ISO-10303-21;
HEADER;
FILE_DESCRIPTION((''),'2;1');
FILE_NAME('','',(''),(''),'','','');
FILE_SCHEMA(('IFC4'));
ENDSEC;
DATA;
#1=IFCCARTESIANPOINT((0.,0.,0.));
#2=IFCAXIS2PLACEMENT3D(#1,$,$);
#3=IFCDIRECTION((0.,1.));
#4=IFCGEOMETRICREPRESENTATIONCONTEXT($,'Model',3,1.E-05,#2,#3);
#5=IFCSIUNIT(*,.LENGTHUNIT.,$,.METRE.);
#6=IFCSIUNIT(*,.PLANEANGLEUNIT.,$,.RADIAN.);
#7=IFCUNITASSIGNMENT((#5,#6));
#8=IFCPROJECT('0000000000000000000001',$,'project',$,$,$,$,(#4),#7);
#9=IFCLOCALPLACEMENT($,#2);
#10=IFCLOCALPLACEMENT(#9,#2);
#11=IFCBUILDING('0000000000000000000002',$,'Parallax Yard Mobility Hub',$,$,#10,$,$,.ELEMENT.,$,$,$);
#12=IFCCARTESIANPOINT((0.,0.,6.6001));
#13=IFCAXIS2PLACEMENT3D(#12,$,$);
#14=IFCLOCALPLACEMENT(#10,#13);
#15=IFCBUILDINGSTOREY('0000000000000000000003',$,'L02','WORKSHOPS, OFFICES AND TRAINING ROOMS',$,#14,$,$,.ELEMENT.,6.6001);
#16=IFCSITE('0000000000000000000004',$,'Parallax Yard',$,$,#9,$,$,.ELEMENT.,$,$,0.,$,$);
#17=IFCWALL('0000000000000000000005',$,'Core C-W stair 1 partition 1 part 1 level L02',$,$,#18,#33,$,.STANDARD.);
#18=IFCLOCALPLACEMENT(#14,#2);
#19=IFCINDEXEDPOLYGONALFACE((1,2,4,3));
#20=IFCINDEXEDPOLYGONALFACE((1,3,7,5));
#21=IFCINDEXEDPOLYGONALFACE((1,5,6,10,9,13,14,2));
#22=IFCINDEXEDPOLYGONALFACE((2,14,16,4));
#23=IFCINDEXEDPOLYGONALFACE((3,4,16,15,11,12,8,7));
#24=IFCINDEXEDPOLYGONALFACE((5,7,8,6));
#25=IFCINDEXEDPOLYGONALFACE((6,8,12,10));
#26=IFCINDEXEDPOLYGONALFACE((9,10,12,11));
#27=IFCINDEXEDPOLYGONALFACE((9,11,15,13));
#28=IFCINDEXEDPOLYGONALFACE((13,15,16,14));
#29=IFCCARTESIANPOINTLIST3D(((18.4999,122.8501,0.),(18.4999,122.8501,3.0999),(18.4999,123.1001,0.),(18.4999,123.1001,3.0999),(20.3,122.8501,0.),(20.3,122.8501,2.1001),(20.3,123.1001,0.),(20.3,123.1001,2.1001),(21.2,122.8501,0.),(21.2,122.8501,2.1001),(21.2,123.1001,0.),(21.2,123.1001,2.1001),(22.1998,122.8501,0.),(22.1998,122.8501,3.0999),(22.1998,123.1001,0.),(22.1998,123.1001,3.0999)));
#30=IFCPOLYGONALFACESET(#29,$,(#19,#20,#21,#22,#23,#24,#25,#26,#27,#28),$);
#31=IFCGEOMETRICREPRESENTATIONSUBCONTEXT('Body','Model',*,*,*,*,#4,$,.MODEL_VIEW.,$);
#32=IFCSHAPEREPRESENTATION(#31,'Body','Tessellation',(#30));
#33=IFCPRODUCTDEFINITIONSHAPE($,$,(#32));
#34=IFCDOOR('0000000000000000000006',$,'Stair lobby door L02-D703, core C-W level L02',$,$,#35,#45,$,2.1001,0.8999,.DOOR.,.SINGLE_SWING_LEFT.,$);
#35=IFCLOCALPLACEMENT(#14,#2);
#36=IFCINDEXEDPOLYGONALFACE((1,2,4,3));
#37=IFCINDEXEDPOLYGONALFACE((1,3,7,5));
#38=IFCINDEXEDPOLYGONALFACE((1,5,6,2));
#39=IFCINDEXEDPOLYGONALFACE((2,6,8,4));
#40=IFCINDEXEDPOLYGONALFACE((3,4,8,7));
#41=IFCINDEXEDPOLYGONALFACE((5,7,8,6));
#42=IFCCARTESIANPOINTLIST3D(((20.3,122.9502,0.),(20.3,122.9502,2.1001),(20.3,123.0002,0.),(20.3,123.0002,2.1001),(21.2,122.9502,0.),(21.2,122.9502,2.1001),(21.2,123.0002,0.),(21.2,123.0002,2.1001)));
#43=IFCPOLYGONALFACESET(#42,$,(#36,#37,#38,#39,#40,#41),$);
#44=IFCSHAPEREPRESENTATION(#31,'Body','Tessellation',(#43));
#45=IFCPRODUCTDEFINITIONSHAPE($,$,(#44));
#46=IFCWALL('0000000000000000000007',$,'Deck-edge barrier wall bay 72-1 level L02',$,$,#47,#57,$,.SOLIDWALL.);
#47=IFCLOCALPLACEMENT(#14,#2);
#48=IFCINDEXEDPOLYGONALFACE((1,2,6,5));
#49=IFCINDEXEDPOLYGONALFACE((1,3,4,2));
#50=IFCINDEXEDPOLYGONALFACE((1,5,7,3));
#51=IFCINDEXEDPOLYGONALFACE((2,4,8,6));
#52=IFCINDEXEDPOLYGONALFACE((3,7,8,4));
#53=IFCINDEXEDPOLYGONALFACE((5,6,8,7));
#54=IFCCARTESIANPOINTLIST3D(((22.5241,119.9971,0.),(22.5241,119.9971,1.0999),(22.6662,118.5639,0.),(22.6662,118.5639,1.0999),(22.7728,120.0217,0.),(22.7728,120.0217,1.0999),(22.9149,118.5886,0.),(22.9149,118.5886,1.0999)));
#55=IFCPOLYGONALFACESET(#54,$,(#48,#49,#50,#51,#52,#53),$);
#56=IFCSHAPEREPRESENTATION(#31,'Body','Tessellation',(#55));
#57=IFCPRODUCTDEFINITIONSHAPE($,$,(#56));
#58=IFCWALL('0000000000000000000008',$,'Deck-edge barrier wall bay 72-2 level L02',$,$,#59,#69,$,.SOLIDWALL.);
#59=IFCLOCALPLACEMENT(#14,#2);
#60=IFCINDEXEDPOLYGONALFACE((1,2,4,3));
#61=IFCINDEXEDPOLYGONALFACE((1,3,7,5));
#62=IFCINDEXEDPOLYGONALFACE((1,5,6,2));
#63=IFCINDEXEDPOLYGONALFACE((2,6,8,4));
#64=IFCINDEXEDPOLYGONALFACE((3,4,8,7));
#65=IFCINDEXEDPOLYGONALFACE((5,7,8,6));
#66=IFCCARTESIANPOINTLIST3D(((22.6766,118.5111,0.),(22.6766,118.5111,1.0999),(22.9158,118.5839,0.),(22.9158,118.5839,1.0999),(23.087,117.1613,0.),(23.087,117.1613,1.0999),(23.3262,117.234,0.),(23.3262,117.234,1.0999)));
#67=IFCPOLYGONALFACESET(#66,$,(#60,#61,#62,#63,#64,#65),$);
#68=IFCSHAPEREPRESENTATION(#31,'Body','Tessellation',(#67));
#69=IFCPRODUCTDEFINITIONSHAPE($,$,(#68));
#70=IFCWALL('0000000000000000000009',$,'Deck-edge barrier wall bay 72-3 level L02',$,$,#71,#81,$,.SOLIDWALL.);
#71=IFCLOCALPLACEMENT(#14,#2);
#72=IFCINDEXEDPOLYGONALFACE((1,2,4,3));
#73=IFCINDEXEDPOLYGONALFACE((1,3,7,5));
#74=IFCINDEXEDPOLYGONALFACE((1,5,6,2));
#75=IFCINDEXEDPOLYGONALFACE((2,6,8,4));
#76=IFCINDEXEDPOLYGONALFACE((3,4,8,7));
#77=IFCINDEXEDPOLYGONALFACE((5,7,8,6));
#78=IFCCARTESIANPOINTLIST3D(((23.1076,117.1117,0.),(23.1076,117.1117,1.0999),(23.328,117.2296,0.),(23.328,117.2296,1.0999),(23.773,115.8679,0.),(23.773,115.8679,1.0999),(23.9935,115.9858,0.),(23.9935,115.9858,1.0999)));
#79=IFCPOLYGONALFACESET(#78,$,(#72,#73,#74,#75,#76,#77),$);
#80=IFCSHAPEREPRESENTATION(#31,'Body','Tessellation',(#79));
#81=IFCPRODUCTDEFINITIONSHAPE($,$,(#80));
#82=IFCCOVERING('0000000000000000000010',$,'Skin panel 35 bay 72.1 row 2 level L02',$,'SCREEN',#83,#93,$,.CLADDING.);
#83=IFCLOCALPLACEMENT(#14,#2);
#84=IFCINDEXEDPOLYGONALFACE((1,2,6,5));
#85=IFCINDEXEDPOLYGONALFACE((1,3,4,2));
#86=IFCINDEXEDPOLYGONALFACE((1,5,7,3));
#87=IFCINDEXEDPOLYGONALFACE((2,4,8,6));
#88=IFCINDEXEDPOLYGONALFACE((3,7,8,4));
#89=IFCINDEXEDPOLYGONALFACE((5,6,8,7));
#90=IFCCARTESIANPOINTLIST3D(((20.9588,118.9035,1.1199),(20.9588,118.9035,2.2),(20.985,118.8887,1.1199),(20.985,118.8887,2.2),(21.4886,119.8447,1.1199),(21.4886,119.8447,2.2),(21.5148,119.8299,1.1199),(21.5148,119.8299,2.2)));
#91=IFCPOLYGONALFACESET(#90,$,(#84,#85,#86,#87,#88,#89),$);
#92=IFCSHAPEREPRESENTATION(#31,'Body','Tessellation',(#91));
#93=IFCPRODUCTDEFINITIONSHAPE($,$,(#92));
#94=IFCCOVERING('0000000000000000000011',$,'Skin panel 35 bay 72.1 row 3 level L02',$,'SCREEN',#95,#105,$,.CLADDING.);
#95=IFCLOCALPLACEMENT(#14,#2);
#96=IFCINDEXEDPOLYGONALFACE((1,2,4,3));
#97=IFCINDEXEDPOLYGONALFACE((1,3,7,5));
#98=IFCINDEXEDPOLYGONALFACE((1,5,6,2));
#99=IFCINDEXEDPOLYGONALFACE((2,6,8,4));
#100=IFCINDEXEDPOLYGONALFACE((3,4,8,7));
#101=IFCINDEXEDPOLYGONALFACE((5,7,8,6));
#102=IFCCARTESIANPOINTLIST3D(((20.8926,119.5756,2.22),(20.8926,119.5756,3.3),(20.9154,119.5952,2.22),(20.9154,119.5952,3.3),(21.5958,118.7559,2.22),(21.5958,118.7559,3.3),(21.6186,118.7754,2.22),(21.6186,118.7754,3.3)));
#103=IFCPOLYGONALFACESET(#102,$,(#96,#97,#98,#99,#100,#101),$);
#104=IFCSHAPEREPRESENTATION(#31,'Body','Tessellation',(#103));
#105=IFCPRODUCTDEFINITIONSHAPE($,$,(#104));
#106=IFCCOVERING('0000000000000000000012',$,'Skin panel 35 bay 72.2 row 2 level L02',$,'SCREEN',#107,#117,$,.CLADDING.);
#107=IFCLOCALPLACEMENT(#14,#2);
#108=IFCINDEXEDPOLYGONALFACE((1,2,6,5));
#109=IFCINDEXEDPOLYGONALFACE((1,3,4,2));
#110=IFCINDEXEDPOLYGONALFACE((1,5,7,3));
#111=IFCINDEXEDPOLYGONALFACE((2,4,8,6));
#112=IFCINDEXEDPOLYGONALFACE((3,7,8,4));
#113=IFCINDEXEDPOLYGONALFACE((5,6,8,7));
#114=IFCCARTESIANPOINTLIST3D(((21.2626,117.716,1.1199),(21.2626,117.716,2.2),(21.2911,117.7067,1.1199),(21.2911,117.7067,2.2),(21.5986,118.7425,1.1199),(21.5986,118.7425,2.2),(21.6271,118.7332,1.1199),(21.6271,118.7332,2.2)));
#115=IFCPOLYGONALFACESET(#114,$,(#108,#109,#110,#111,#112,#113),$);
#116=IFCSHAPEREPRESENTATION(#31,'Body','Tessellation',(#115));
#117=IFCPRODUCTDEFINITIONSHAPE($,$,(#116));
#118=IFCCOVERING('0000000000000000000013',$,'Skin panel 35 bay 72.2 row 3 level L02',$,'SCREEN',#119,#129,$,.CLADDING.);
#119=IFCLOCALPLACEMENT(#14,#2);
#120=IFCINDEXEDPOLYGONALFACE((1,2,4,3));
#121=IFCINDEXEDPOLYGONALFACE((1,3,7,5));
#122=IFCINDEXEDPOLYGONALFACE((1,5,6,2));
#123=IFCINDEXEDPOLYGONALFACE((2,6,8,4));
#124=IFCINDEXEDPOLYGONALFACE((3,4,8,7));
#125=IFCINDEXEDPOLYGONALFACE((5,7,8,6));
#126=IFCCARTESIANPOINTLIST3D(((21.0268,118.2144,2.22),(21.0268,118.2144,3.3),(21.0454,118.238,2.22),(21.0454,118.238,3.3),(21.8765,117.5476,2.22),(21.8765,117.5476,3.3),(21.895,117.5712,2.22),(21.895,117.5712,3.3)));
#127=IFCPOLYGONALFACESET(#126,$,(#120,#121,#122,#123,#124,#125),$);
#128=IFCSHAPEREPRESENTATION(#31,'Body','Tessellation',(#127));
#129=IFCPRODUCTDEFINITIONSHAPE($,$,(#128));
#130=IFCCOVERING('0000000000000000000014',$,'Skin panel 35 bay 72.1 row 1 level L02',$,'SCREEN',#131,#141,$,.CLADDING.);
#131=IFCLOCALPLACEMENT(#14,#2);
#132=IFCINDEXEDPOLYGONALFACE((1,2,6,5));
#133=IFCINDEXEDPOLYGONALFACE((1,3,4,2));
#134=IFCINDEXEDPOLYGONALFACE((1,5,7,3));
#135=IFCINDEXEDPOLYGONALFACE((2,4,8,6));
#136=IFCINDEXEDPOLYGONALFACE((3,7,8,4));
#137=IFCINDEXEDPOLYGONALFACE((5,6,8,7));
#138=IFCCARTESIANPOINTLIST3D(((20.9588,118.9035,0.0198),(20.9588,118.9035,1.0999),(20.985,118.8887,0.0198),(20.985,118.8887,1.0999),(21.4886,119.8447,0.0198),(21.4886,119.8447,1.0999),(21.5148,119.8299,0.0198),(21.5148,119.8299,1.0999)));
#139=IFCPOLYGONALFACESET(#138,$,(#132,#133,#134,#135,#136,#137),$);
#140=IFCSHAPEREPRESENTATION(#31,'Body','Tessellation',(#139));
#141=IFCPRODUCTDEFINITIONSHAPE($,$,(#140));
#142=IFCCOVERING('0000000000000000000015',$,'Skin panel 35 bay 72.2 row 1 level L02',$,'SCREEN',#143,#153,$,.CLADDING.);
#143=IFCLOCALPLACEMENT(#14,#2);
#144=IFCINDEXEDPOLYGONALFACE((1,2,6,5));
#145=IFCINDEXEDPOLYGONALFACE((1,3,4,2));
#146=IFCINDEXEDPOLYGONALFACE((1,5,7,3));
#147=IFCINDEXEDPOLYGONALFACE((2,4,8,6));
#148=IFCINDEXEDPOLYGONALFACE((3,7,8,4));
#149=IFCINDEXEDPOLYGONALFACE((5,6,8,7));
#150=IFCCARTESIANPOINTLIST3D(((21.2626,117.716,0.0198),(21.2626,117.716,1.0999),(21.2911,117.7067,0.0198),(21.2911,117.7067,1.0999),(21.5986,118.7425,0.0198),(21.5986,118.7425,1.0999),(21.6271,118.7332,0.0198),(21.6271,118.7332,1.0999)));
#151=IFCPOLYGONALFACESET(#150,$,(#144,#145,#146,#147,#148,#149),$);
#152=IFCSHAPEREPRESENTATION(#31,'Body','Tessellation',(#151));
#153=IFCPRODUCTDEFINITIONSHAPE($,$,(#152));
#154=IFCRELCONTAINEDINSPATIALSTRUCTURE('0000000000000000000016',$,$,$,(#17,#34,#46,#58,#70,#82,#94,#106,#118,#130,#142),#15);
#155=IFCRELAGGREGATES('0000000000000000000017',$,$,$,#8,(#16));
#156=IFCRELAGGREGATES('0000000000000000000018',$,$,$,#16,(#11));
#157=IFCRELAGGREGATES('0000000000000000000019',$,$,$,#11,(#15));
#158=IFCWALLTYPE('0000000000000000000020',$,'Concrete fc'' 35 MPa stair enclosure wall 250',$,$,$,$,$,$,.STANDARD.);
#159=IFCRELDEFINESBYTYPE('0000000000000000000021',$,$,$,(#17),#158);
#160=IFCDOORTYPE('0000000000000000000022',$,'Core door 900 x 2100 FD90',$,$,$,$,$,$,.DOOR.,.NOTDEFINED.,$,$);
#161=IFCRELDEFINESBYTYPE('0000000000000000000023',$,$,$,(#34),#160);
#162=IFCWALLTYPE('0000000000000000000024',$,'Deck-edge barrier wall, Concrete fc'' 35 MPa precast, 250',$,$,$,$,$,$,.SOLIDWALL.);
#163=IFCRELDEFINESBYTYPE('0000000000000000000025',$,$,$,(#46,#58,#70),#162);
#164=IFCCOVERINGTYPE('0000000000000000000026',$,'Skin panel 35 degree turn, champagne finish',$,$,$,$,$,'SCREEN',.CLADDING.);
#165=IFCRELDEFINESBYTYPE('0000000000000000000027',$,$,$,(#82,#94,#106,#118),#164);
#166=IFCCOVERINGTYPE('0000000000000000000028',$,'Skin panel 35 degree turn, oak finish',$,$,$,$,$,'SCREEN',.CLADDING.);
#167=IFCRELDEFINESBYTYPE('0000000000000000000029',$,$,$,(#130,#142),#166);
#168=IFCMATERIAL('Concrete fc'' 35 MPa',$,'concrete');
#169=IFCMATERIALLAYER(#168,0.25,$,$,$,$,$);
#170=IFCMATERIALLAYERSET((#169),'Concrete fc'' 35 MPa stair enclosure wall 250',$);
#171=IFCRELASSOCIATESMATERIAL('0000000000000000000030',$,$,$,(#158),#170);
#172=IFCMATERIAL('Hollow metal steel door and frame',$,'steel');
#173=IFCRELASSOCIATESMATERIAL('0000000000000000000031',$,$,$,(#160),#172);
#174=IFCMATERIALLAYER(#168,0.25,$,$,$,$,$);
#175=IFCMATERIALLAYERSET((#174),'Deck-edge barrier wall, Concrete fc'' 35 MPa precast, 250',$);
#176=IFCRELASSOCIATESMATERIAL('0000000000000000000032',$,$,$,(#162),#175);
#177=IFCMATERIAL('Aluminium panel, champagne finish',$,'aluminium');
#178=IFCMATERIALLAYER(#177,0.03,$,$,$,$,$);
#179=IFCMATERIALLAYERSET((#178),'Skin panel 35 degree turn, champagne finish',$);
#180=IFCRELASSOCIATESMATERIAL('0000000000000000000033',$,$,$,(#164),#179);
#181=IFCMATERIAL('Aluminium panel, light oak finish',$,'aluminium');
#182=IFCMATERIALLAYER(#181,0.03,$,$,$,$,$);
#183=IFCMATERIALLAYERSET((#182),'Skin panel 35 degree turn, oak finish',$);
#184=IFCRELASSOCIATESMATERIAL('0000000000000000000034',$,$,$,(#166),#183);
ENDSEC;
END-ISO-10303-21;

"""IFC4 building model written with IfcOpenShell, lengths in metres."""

from ifc_helpers import new_model, si_unit, direction, frame, frame_2d, origin, origin_2d, place, context, subcontext, project, spatial, rectangle, extrude, material, layer, layer_set, type_object, element, fill, save


model = new_model("IFC4")

# Units and contexts
model_context = context("Model", 3, precision=1e-05, world=origin(), true_north=direction((0.0, 1.0)))
body_context = subcontext(model_context, "Body", "Model", "MODEL_VIEW")
ifc_project = project(units=[si_unit("LENGTHUNIT", "METRE"), si_unit("PLANEANGLEUNIT", "RADIAN")], contexts=[model_context])

# Site, building, storey
site_placement = place(None, origin())
site = spatial("IfcSite", under=ifc_project, at=site_placement, Name="Parallax Yard", CompositionType="ELEMENT", RefElevation=0.0)
building_placement = place(site_placement, origin())
building = spatial("IfcBuilding", under=site, at=building_placement, Name="Parallax Yard Mobility Hub", CompositionType="ELEMENT")
storey_placement = place(building_placement, frame((0.0, 0.0, 6.6001)))
storey = spatial("IfcBuildingStorey", under=building, at=storey_placement, Name="L02", Description="WORKSHOPS, OFFICES AND TRAINING ROOMS", CompositionType="ELEMENT", Elevation=6.6001)

# Shared definitions
ifc_material_1 = material(Name="Concrete fc' 35 MPa", Category="concrete")
ifc_material_2 = material(Name="Hollow metal steel door and frame", Category="steel")

# Wall, opening, door
ifc_layer_1 = layer(ifc_material_1, 0.25)
ifc_layer_set_1 = layer_set([ifc_layer_1], Name="Concrete fc' 35 MPa stair enclosure wall 250")
wall_type_1 = type_object("IfcWallType", Name="Concrete fc' 35 MPa stair enclosure wall 250", PredefinedType="STANDARD", material=ifc_layer_set_1)
wall_1_placement = place(storey_placement, frame((22.2, 122.9751, 0.0), z_axis=(0.0, 0.0, 1.0), x_axis=(-1.0, 0.0, 0.0)))
wall_1 = element("IfcWall", 1, at=wall_1_placement, inside=storey, type_object=wall_type_1, Name="Core C-W stair 1 partition 1 part 1 level L02", PredefinedType="STANDARD", context=body_context, shape_type="SweptSolid", body=[
    extrude(rectangle(XDim=3.7, YDim=0.25, at=frame_2d((1.8501, 0.0))), origin(), (0.0, 0.0, 1.0), 3.0999),
])
opening_1_placement = place(wall_1_placement, frame((1.0, 0.0, 0.0)))
opening_1 = element("IfcOpeningElement", 2, at=opening_1_placement, cuts=wall_1, PredefinedType="OPENING", context=body_context, shape_type="SweptSolid", body=[
    extrude(rectangle(XDim=0.8999, YDim=2.1001, at=frame_2d((0.45, 1.05))), frame((0.0, 0.135, 0.0), z_axis=(0.0, -1.0, 0.0), x_axis=(1.0, 0.0, 0.0)), (0.0, 0.0, 1.0), 0.27),
])
door_type_1 = type_object("IfcDoorType", Name="Core door 900 x 2100 FD90", OperationType="NOTDEFINED", PredefinedType="DOOR", material=ifc_material_2)
door_1_placement = place(opening_1_placement, origin())
door_1 = element("IfcDoor", 3, at=door_1_placement, inside=storey, type_object=door_type_1, Name="Stair lobby door L02-D703, core C-W level L02", OperationType="SINGLE_SWING_LEFT", OverallHeight=2.1001, OverallWidth=0.8999, PredefinedType="DOOR", context=body_context, shape_type="SweptSolid", body=[
    extrude(rectangle(XDim=0.8999, YDim=2.1001, at=frame_2d((0.45, 1.05))), frame((0.0, 0.0249, 0.0), z_axis=(0.0, -1.0, 0.0), x_axis=(1.0, 0.0, 0.0)), (0.0, 0.0, 1.0), 0.05),
])
fill(opening_1, door_1)

# Walls
ifc_layer_2 = layer(ifc_material_1, 0.25)
ifc_layer_set_2 = layer_set([ifc_layer_2], Name="Deck-edge barrier wall, Concrete fc' 35 MPa precast, 250")
wall_type_2 = type_object("IfcWallType", Name="Deck-edge barrier wall, Concrete fc' 35 MPa precast, 250", PredefinedType="SOLIDWALL", material=ifc_layer_set_2)
wall_2_placement = place(storey_placement, frame((22.6484, 120.0095, 0.0), z_axis=(0.0, 0.0, 1.0), x_axis=(0.098664, -0.995121, 0.0)))
element("IfcWall", 4, at=wall_2_placement, inside=storey, type_object=wall_type_2, Name="Deck-edge barrier wall bay 72-1 level L02", PredefinedType="SOLIDWALL", context=body_context, shape_type="SweptSolid", body=[
    extrude(rectangle(XDim=1.4402, YDim=0.25, at=frame_2d((0.7202, 0.0))), origin(), (0.0, 0.0, 1.0), 1.0999),
])
wall_3_placement = place(storey_placement, frame((22.7961, 118.5476, 0.0), z_axis=(0.0, 0.0, 1.0), x_axis=(0.290886, -0.956758, 0.0)))
element("IfcWall", 5, at=wall_3_placement, inside=storey, type_object=wall_type_2, Name="Deck-edge barrier wall bay 72-2 level L02", PredefinedType="SOLIDWALL", context=body_context, shape_type="SweptSolid", body=[
    extrude(rectangle(XDim=1.4109, YDim=0.25, at=frame_2d((0.7056, 0.0))), origin(), (0.0, 0.0, 1.0), 1.0999),
])
wall_4_placement = place(storey_placement, frame((23.2178, 117.1707, 0.0), z_axis=(0.0, 0.0, 1.0), x_axis=(0.471756, -0.881729, 0.0)))
element("IfcWall", 6, at=wall_4_placement, inside=storey, type_object=wall_type_2, Name="Deck-edge barrier wall bay 72-3 level L02", PredefinedType="SOLIDWALL", context=body_context, shape_type="SweptSolid", body=[
    extrude(rectangle(XDim=1.4106, YDim=0.25, at=frame_2d((0.7053, 0.0))), origin(), (0.0, 0.0, 1.0), 1.0999),
])

# Coverings
ifc_material_3 = material(Name="Aluminium panel, champagne finish", Category="aluminium")
ifc_layer_3 = layer(ifc_material_3, 0.03)
ifc_layer_set_3 = layer_set([ifc_layer_3], Name="Skin panel 35 degree turn, champagne finish")
covering_type_1 = type_object("IfcCoveringType", Name="Skin panel 35 degree turn, champagne finish", ElementType="SCREEN", PredefinedType="CLADDING", material=ifc_layer_set_3)
for number, where, z_axis, x_axis, name in (
    (7, (21.2368, 119.3667, 1.1199), (0.0, 0.0, 1.0), (-0.490524, -0.871428, 0.0), "Skin panel 35 bay 72.1 row 2 level L02"),
    (8, (21.2556, 119.1755, 2.22), (0.0, 0.0, 1.0), (-0.651105, 0.758987, 0.0), "Skin panel 35 bay 72.1 row 3 level L02"),
    (9, (21.4448, 118.2246, 1.1199), (0.0, 0.0, 1.0), (-0.311091, -0.95038, 0.0), "Skin panel 35 bay 72.2 row 2 level L02"),
    (10, (21.4609, 117.8928, 2.22), (0.0, 0.0, 1.0), (-0.786666, 0.617379, 0.0), "Skin panel 35 bay 72.2 row 3 level L02"),
):
    element("IfcCovering", number, at=place(storey_placement, frame(where, z_axis=z_axis, x_axis=x_axis)), inside=storey, type_object=covering_type_1, Name=name, ObjectType="SCREEN", PredefinedType="CLADDING", context=body_context, shape_type="SweptSolid", body=[
        extrude(rectangle(XDim=1.0801, YDim=0.03, at=origin_2d()), origin(), (0.0, 0.0, 1.0), 1.0801),
    ])
ifc_material_4 = material(Name="Aluminium panel, light oak finish", Category="aluminium")
ifc_layer_4 = layer(ifc_material_4, 0.03)
ifc_layer_set_4 = layer_set([ifc_layer_4], Name="Skin panel 35 degree turn, oak finish")
covering_type_2 = type_object("IfcCoveringType", Name="Skin panel 35 degree turn, oak finish", ElementType="SCREEN", PredefinedType="CLADDING", material=ifc_layer_set_4)
for number, where, z_axis, x_axis, name in (
    (11, (21.2368, 119.3667, 0.0198), (0.0, 0.0, 1.0), (-0.490524, -0.871428, 0.0), "Skin panel 35 bay 72.1 row 1 level L02"),
    (12, (21.4448, 118.2246, 0.0198), (0.0, 0.0, 1.0), (-0.311091, -0.95038, 0.0), "Skin panel 35 bay 72.2 row 1 level L02"),
):
    element("IfcCovering", number, at=place(storey_placement, frame(where, z_axis=z_axis, x_axis=x_axis)), inside=storey, type_object=covering_type_2, Name=name, ObjectType="SCREEN", PredefinedType="CLADDING", context=body_context, shape_type="SweptSolid", body=[
        extrude(rectangle(XDim=1.0801, YDim=0.03, at=origin_2d()), origin(), (0.0, 0.0, 1.0), 1.0801),
    ])

save(model, "model.ifc")
